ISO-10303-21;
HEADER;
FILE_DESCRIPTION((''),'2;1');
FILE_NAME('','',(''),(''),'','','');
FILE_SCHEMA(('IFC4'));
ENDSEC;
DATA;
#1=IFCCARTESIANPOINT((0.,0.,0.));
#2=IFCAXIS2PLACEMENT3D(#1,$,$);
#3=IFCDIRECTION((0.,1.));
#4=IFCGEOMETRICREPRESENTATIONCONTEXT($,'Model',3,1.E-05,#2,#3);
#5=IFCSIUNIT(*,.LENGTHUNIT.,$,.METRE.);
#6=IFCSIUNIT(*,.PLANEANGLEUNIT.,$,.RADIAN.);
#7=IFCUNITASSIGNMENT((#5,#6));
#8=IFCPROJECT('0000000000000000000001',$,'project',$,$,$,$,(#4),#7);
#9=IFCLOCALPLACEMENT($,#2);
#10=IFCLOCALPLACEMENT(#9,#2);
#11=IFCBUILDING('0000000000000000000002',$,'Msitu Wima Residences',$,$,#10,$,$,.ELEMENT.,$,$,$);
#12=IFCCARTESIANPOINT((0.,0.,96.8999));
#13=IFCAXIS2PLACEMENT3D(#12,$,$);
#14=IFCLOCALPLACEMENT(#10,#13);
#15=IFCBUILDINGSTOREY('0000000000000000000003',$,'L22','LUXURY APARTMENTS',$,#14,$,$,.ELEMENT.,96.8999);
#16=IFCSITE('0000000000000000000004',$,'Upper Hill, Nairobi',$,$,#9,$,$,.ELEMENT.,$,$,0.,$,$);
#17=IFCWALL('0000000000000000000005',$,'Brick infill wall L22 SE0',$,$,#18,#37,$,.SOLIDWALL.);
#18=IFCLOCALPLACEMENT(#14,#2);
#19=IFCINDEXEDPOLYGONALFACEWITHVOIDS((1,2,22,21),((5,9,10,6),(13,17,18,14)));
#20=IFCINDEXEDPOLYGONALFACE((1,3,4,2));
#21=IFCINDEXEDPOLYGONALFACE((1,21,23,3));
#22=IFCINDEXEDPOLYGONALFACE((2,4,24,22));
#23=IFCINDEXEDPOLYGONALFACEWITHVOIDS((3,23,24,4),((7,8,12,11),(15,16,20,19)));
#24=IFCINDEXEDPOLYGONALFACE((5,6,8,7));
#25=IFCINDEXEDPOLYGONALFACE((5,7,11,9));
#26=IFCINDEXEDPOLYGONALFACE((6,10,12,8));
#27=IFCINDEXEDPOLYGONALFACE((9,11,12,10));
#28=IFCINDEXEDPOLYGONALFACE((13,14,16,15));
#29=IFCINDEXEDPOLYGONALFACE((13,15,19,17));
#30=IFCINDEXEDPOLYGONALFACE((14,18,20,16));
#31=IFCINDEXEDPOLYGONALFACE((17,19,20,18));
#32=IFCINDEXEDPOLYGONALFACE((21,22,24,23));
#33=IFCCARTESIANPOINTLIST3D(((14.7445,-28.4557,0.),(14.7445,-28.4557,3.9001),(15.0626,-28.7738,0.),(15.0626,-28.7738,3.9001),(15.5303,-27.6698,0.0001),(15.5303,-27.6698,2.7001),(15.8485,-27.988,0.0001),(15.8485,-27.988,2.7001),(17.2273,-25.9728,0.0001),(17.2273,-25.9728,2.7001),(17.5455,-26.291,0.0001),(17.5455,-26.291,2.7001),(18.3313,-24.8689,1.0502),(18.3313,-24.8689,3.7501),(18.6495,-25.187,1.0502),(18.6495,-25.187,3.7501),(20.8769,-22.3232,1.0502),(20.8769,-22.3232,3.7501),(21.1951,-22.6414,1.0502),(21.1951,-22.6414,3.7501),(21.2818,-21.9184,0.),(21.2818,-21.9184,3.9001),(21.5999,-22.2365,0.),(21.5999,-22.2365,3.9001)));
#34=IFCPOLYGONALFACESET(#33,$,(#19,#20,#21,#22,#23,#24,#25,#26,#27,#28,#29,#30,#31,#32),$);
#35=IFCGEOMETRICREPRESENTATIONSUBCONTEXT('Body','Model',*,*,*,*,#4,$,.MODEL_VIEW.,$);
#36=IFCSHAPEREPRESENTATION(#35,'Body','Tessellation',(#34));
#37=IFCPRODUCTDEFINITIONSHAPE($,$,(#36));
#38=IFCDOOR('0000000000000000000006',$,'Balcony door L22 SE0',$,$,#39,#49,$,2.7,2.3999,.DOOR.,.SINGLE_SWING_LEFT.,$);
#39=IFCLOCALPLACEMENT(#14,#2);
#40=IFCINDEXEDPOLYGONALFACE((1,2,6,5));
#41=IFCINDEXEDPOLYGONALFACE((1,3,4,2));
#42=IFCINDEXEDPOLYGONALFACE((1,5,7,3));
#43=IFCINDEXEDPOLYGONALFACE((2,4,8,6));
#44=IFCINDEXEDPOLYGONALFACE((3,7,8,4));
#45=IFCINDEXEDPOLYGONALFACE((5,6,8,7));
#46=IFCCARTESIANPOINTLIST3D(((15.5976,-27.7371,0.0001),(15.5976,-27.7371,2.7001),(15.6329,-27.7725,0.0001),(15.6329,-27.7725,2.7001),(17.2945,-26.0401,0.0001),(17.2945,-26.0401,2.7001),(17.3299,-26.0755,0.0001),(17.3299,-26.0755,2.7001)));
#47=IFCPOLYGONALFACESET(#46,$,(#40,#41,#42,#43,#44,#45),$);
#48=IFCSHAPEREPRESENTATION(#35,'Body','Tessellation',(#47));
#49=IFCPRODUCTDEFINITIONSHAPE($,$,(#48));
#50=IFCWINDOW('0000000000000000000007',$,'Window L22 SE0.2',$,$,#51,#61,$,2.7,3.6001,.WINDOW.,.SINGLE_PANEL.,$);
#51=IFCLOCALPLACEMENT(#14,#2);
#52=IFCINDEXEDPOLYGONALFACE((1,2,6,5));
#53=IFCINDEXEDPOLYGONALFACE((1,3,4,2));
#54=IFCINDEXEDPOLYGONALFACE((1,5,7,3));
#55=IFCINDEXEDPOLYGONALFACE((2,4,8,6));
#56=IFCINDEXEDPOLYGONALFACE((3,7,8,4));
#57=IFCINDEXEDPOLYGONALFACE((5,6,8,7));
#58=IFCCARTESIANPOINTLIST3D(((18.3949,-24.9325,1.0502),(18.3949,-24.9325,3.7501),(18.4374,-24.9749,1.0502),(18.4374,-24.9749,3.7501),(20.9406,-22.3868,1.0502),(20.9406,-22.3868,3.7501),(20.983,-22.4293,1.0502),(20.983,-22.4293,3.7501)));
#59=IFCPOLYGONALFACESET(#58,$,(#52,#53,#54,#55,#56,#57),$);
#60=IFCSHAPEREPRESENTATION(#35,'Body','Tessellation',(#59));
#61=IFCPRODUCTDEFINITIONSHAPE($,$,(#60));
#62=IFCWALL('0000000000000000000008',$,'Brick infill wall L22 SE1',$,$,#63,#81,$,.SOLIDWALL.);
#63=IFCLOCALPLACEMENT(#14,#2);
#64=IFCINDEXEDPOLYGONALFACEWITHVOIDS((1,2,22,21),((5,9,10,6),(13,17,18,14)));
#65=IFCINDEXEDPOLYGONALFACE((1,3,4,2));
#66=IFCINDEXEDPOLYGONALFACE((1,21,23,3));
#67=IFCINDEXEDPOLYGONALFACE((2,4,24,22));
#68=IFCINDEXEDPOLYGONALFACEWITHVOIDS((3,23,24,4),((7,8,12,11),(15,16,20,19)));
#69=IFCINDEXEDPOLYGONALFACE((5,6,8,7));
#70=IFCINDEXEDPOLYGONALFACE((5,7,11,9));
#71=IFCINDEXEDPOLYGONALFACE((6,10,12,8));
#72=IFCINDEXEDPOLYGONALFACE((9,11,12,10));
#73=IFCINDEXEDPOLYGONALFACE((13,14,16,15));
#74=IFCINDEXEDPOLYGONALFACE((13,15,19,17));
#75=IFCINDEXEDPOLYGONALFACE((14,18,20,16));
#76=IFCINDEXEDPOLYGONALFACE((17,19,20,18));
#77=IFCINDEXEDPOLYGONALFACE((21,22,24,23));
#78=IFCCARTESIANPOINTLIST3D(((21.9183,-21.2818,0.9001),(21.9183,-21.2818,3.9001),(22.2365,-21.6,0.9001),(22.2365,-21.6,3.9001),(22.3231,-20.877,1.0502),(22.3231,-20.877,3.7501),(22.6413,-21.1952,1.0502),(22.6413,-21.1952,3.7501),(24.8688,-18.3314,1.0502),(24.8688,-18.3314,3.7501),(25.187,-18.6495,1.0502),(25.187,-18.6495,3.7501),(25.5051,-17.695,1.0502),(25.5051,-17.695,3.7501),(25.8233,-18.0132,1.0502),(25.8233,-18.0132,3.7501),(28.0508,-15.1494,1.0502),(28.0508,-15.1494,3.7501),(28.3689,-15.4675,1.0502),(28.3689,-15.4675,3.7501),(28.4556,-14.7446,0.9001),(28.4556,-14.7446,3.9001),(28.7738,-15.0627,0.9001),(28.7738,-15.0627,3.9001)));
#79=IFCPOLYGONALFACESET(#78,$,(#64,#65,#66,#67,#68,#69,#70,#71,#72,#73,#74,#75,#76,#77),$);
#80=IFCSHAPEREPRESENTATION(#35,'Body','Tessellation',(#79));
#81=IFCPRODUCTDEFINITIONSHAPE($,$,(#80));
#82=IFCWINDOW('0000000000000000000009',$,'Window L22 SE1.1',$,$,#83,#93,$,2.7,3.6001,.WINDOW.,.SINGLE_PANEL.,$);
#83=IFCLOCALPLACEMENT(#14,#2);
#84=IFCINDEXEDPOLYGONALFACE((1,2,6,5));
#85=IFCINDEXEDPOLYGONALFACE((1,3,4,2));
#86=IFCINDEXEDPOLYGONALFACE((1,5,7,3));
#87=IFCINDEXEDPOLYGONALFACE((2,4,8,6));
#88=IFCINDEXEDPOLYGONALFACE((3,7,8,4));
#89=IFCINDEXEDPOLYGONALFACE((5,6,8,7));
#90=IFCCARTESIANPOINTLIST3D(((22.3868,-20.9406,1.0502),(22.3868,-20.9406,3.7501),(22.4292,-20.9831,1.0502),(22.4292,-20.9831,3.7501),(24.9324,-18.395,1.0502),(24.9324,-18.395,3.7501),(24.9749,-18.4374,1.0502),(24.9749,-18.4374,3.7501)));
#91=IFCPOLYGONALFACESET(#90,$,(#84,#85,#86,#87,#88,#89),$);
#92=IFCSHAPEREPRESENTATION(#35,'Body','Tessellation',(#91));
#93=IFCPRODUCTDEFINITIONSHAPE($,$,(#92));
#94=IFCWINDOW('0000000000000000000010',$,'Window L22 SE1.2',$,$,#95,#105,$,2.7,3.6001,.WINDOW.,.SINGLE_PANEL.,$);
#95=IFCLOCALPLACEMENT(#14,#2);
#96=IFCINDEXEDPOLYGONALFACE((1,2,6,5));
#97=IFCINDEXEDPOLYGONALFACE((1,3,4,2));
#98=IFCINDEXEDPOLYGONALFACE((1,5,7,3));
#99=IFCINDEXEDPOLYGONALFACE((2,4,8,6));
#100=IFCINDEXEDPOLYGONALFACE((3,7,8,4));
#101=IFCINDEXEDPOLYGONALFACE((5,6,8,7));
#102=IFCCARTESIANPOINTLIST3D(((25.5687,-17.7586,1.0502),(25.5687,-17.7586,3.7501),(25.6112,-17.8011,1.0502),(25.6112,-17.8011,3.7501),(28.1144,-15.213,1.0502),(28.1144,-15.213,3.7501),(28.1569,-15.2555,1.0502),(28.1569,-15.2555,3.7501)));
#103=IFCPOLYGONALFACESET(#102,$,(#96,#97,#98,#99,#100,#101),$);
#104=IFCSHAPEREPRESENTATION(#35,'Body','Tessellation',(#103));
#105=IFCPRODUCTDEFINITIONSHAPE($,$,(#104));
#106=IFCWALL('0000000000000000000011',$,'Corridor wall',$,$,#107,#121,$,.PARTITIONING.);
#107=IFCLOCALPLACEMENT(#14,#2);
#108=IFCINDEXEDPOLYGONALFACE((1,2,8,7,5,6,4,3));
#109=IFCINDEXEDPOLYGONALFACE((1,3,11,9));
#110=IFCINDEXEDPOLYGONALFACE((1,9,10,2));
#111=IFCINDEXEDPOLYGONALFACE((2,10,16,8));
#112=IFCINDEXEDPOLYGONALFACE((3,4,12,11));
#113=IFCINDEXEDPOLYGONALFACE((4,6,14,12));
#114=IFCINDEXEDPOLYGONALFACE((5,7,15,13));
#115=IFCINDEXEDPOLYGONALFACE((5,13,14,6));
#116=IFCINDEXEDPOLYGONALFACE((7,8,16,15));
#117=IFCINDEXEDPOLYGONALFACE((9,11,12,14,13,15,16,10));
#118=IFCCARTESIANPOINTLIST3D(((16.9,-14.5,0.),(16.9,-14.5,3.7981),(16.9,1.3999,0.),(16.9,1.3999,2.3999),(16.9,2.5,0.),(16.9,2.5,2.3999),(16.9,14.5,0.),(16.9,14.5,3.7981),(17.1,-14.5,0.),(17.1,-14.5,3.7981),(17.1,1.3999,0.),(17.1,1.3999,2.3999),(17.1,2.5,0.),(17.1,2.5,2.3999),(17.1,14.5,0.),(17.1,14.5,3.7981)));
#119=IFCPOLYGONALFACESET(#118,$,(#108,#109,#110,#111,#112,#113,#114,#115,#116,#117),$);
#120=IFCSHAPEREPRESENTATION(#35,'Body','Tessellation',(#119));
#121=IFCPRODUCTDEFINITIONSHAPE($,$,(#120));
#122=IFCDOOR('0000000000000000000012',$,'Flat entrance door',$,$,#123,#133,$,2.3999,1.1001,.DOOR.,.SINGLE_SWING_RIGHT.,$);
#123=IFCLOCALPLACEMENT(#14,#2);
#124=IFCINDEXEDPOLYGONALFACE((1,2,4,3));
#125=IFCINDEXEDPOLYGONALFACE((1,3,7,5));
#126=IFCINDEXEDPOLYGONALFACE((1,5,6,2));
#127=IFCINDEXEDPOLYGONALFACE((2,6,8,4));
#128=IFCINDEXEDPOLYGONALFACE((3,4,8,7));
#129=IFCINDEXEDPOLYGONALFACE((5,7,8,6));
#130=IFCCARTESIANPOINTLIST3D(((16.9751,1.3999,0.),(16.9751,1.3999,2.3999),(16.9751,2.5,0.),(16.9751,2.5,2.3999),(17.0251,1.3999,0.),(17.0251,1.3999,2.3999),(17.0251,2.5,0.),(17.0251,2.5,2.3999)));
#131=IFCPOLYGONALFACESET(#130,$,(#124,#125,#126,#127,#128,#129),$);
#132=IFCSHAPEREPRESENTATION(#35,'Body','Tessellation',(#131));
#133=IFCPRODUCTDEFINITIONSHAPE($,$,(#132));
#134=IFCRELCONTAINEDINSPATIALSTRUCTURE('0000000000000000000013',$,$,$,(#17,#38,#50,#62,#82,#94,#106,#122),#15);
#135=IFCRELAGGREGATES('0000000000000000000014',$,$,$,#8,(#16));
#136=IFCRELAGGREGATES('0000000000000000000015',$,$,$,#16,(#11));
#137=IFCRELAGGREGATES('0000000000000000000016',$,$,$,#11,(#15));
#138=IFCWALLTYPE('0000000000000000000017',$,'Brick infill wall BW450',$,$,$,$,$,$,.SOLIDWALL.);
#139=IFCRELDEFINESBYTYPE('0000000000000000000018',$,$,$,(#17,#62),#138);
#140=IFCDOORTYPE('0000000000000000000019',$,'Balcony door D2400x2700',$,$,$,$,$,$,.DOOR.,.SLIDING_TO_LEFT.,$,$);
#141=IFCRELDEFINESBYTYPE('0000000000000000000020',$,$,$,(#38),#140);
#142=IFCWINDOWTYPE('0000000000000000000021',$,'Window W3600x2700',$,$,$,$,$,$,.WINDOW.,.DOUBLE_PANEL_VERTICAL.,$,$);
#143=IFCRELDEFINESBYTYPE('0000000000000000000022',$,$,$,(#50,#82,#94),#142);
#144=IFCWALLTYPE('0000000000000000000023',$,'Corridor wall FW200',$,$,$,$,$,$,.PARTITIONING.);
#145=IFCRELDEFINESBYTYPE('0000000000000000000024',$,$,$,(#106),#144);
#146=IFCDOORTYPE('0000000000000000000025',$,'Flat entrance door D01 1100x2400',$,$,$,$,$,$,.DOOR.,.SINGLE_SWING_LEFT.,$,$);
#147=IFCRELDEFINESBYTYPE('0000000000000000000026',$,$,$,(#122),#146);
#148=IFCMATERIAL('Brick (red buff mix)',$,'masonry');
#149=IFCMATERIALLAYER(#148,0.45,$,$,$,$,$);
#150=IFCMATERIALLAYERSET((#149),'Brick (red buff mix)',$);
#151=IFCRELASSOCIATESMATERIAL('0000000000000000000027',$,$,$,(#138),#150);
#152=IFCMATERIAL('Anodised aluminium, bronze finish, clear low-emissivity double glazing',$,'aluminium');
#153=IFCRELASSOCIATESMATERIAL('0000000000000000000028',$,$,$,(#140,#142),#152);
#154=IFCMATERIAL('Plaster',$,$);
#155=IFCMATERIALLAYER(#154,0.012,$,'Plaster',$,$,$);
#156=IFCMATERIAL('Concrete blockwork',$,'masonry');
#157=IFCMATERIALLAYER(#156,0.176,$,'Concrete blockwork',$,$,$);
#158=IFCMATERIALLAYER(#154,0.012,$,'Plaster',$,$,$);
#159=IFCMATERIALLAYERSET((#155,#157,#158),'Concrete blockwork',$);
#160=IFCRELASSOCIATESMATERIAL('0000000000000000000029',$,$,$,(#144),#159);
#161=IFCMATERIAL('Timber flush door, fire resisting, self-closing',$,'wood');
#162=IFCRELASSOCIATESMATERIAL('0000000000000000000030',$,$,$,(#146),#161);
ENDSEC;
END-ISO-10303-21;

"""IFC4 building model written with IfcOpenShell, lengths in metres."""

from ifc_helpers import new_model, si_unit, direction, frame, frame_2d, origin, place, context, subcontext, project, spatial, rectangle, extrude, material, layer, layer_set, type_object, element, fill, save


model = new_model("IFC4")

# Units and contexts
model_context = context("Model", 3, precision=1e-05, world=origin(), true_north=direction((0.0, 1.0)))
body_context = subcontext(model_context, "Body", "Model", "MODEL_VIEW")
ifc_project = project(units=[si_unit("LENGTHUNIT", "METRE"), si_unit("PLANEANGLEUNIT", "RADIAN")], contexts=[model_context])

# Site, building, storey
site_placement = place(None, origin())
site = spatial("IfcSite", under=ifc_project, at=site_placement, Name="Upper Hill, Nairobi", CompositionType="ELEMENT", RefElevation=0.0)
building_placement = place(site_placement, origin())
building = spatial("IfcBuilding", under=site, at=building_placement, Name="Msitu Wima Residences", CompositionType="ELEMENT")
storey_placement = place(building_placement, frame((0.0, 0.0, 96.8999)))
storey = spatial("IfcBuildingStorey", under=building, at=storey_placement, Name="L22", Description="LUXURY APARTMENTS", CompositionType="ELEMENT", Elevation=96.8999)

# Wall, openings, door, window
ifc_material_1 = material(Name="Brick (red buff mix)", Category="masonry")
ifc_layer_1 = layer(ifc_material_1, 0.45)
ifc_layer_set_1 = layer_set([ifc_layer_1], Name="Brick (red buff mix)")
wall_type_1 = type_object("IfcWallType", Name="Brick infill wall BW450", PredefinedType="SOLIDWALL", material=ifc_layer_set_1)
wall_1_placement = place(storey_placement, frame((14.9036, -28.6147, 0.0), z_axis=(0.0, 0.0, 1.0), x_axis=(0.707107, 0.707107, 0.0)))
wall_1 = element("IfcWall", 1, at=wall_1_placement, inside=storey, type_object=wall_type_1, Name="Brick infill wall L22 SE0", PredefinedType="SOLIDWALL", context=body_context, shape_type="SweptSolid", body=[
    extrude(rectangle(XDim=9.2451, YDim=0.45, at=frame_2d((4.6226, 0.0))), origin(), (0.0, 0.0, 1.0), 3.9001),
])
opening_1_placement = place(wall_1_placement, frame((1.1113, 0.0, 0.0)))
opening_1 = element("IfcOpeningElement", 2, at=opening_1_placement, cuts=wall_1, PredefinedType="OPENING", context=body_context, shape_type="SweptSolid", body=[
    extrude(rectangle(XDim=2.3999, YDim=2.7, at=frame_2d((1.2, 1.3501))), frame((0.0, 0.2349, 0.0), z_axis=(0.0, -1.0, 0.0), x_axis=(1.0, 0.0, 0.0)), (0.0, 0.0, 1.0), 0.47),
])
opening_2_placement = place(wall_1_placement, frame((5.0725, 0.0, 1.05)))
opening_2 = element("IfcOpeningElement", 3, at=opening_2_placement, cuts=wall_1, PredefinedType="OPENING", context=body_context, shape_type="SweptSolid", body=[
    extrude(rectangle(XDim=3.6001, YDim=2.7, at=frame_2d((1.8, 1.3501))), frame((0.0, 0.2349, 0.0), z_axis=(0.0, -1.0, 0.0), x_axis=(1.0, 0.0, 0.0)), (0.0, 0.0, 1.0), 0.47),
])
ifc_material_2 = material(Name="Anodised aluminium, bronze finish, clear low-emissivity double glazing", Category="aluminium")
door_type_1 = type_object("IfcDoorType", Name="Balcony door D2400x2700", OperationType="SLIDING_TO_LEFT", PredefinedType="DOOR", material=ifc_material_2)
door_1_placement = place(opening_1_placement, origin())
door_1 = element("IfcDoor", 4, at=door_1_placement, inside=storey, type_object=door_type_1, Name="Balcony door L22 SE0", OperationType="SINGLE_SWING_LEFT", OverallHeight=2.7, OverallWidth=2.3999, PredefinedType="DOOR", context=body_context, shape_type="SweptSolid", body=[
    extrude(rectangle(XDim=2.3999, YDim=2.7, at=frame_2d((1.2, 1.3501))), frame((0.0, 0.1299, 0.0), z_axis=(0.0, -1.0, 0.0), x_axis=(1.0, 0.0, 0.0)), (0.0, 0.0, 1.0), 0.05),
])
fill(opening_1, door_1)
window_type = type_object("IfcWindowType", Name="Window W3600x2700", PartitioningType="DOUBLE_PANEL_VERTICAL", PredefinedType="WINDOW", material=ifc_material_2)
window_1_placement = place(opening_2_placement, origin())
window_1 = element("IfcWindow", 5, at=window_1_placement, inside=storey, type_object=window_type, Name="Window L22 SE0.2", OverallHeight=2.7, OverallWidth=3.6001, PartitioningType="SINGLE_PANEL", PredefinedType="WINDOW", context=body_context, shape_type="SweptSolid", body=[
    extrude(rectangle(XDim=3.6001, YDim=2.7, at=frame_2d((1.8, 1.3501))), frame((0.0, 0.135, 0.0), z_axis=(0.0, -1.0, 0.0), x_axis=(1.0, 0.0, 0.0)), (0.0, 0.0, 1.0), 0.0601),
])
fill(opening_2, window_1)

# Wall, openings, windows
wall_2_placement = place(storey_placement, frame((22.0774, -21.4409, 0.9001), z_axis=(0.0, 0.0, 1.0), x_axis=(0.707107, 0.707107, 0.0)))
wall_2 = element("IfcWall", 6, at=wall_2_placement, inside=storey, type_object=wall_type_1, Name="Brick infill wall L22 SE1", PredefinedType="SOLIDWALL", context=body_context, shape_type="SweptSolid", body=[
    extrude(rectangle(XDim=9.2451, YDim=0.45, at=frame_2d((4.6226, 0.0))), origin(), (0.0, 0.0, 1.0), 3.0),
])
opening_3_placement = place(wall_2_placement, frame((0.5725, 0.0, 0.1499)))
opening_3 = element("IfcOpeningElement", 7, at=opening_3_placement, cuts=wall_2, PredefinedType="OPENING", context=body_context, shape_type="SweptSolid", body=[
    extrude(rectangle(XDim=3.6001, YDim=2.7, at=frame_2d((1.8, 1.3501))), frame((0.0, 0.2349, 0.0), z_axis=(0.0, -1.0, 0.0), x_axis=(1.0, 0.0, 0.0)), (0.0, 0.0, 1.0), 0.47),
])
opening_4_placement = place(wall_2_placement, frame((5.0725, 0.0, 0.1499)))
opening_4 = element("IfcOpeningElement", 8, at=opening_4_placement, cuts=wall_2, PredefinedType="OPENING", context=body_context, shape_type="SweptSolid", body=[
    extrude(rectangle(XDim=3.6001, YDim=2.7, at=frame_2d((1.8, 1.3501))), frame((0.0, 0.2349, 0.0), z_axis=(0.0, -1.0, 0.0), x_axis=(1.0, 0.0, 0.0)), (0.0, 0.0, 1.0), 0.47),
])
window_2_placement = place(opening_3_placement, origin())
window_2 = element("IfcWindow", 9, at=window_2_placement, inside=storey, type_object=window_type, Name="Window L22 SE1.1", OverallHeight=2.7, OverallWidth=3.6001, PartitioningType="SINGLE_PANEL", PredefinedType="WINDOW", context=body_context, shape_type="SweptSolid", body=[
    extrude(rectangle(XDim=3.6001, YDim=2.7, at=frame_2d((1.8, 1.3501))), frame((0.0, 0.135, 0.0), z_axis=(0.0, -1.0, 0.0), x_axis=(1.0, 0.0, 0.0)), (0.0, 0.0, 1.0), 0.0601),
])
fill(opening_3, window_2)
window_3_placement = place(opening_4_placement, origin())
window_3 = element("IfcWindow", 10, at=window_3_placement, inside=storey, type_object=window_type, Name="Window L22 SE1.2", OverallHeight=2.7, OverallWidth=3.6001, PartitioningType="SINGLE_PANEL", PredefinedType="WINDOW", context=body_context, shape_type="SweptSolid", body=[
    extrude(rectangle(XDim=3.6001, YDim=2.7, at=frame_2d((1.8, 1.3501))), frame((0.0, 0.135, 0.0), z_axis=(0.0, -1.0, 0.0), x_axis=(1.0, 0.0, 0.0)), (0.0, 0.0, 1.0), 0.0601),
])
fill(opening_4, window_3)

# Wall, opening, door
ifc_material_3 = material(Name="Plaster")
ifc_layer_2 = layer(ifc_material_3, 0.012, Name="Plaster")
ifc_material_4 = material(Name="Concrete blockwork", Category="masonry")
ifc_layer_3 = layer(ifc_material_4, 0.176, Name="Concrete blockwork")
ifc_layer_4 = layer(ifc_material_3, 0.012, Name="Plaster")
ifc_layer_set_2 = layer_set([ifc_layer_2, ifc_layer_3, ifc_layer_4], Name="Concrete blockwork")
wall_type_2 = type_object("IfcWallType", Name="Corridor wall FW200", PredefinedType="PARTITIONING", material=ifc_layer_set_2)
wall_3_placement = place(storey_placement, frame((17.0, -14.5, 0.0), z_axis=(0.0, 0.0, 1.0), x_axis=(0.0, 1.0, 0.0)))
wall_3 = element("IfcWall", 11, at=wall_3_placement, inside=storey, type_object=wall_type_2, Name="Corridor wall", PredefinedType="PARTITIONING", context=body_context, shape_type="SweptSolid", body=[
    extrude(rectangle(XDim=29.0, YDim=0.2, at=frame_2d((14.5, 0.0))), origin(), (0.0, 0.0, 1.0), 3.7981),
])
opening_5_placement = place(wall_3_placement, frame((15.8999, 0.0, 0.0)))
opening_5 = element("IfcOpeningElement", 12, at=opening_5_placement, cuts=wall_3, PredefinedType="OPENING", context=body_context, shape_type="SweptSolid", body=[
    extrude(rectangle(XDim=1.1001, YDim=2.3999, at=frame_2d((0.55, 1.2))), frame((0.0, 0.1099, 0.0), z_axis=(0.0, -1.0, 0.0), x_axis=(1.0, 0.0, 0.0)), (0.0, 0.0, 1.0), 0.22),
])
ifc_material_5 = material(Name="Timber flush door, fire resisting, self-closing", Category="wood")
door_type_2 = type_object("IfcDoorType", Name="Flat entrance door D01 1100x2400", OperationType="SINGLE_SWING_LEFT", PredefinedType="DOOR", material=ifc_material_5)
door_2_placement = place(opening_5_placement, origin())
door_2 = element("IfcDoor", 13, at=door_2_placement, inside=storey, type_object=door_type_2, Name="Flat entrance door", OperationType="SINGLE_SWING_RIGHT", OverallHeight=2.3999, OverallWidth=1.1001, PredefinedType="DOOR", context=body_context, shape_type="SweptSolid", body=[
    extrude(rectangle(XDim=1.1001, YDim=2.3999, at=frame_2d((0.55, 1.2))), frame((0.0, 0.0249, 0.0), z_axis=(0.0, -1.0, 0.0), x_axis=(1.0, 0.0, 0.0)), (0.0, 0.0, 1.0), 0.05),
])
fill(opening_5, door_2)

save(model, "model.ifc")
